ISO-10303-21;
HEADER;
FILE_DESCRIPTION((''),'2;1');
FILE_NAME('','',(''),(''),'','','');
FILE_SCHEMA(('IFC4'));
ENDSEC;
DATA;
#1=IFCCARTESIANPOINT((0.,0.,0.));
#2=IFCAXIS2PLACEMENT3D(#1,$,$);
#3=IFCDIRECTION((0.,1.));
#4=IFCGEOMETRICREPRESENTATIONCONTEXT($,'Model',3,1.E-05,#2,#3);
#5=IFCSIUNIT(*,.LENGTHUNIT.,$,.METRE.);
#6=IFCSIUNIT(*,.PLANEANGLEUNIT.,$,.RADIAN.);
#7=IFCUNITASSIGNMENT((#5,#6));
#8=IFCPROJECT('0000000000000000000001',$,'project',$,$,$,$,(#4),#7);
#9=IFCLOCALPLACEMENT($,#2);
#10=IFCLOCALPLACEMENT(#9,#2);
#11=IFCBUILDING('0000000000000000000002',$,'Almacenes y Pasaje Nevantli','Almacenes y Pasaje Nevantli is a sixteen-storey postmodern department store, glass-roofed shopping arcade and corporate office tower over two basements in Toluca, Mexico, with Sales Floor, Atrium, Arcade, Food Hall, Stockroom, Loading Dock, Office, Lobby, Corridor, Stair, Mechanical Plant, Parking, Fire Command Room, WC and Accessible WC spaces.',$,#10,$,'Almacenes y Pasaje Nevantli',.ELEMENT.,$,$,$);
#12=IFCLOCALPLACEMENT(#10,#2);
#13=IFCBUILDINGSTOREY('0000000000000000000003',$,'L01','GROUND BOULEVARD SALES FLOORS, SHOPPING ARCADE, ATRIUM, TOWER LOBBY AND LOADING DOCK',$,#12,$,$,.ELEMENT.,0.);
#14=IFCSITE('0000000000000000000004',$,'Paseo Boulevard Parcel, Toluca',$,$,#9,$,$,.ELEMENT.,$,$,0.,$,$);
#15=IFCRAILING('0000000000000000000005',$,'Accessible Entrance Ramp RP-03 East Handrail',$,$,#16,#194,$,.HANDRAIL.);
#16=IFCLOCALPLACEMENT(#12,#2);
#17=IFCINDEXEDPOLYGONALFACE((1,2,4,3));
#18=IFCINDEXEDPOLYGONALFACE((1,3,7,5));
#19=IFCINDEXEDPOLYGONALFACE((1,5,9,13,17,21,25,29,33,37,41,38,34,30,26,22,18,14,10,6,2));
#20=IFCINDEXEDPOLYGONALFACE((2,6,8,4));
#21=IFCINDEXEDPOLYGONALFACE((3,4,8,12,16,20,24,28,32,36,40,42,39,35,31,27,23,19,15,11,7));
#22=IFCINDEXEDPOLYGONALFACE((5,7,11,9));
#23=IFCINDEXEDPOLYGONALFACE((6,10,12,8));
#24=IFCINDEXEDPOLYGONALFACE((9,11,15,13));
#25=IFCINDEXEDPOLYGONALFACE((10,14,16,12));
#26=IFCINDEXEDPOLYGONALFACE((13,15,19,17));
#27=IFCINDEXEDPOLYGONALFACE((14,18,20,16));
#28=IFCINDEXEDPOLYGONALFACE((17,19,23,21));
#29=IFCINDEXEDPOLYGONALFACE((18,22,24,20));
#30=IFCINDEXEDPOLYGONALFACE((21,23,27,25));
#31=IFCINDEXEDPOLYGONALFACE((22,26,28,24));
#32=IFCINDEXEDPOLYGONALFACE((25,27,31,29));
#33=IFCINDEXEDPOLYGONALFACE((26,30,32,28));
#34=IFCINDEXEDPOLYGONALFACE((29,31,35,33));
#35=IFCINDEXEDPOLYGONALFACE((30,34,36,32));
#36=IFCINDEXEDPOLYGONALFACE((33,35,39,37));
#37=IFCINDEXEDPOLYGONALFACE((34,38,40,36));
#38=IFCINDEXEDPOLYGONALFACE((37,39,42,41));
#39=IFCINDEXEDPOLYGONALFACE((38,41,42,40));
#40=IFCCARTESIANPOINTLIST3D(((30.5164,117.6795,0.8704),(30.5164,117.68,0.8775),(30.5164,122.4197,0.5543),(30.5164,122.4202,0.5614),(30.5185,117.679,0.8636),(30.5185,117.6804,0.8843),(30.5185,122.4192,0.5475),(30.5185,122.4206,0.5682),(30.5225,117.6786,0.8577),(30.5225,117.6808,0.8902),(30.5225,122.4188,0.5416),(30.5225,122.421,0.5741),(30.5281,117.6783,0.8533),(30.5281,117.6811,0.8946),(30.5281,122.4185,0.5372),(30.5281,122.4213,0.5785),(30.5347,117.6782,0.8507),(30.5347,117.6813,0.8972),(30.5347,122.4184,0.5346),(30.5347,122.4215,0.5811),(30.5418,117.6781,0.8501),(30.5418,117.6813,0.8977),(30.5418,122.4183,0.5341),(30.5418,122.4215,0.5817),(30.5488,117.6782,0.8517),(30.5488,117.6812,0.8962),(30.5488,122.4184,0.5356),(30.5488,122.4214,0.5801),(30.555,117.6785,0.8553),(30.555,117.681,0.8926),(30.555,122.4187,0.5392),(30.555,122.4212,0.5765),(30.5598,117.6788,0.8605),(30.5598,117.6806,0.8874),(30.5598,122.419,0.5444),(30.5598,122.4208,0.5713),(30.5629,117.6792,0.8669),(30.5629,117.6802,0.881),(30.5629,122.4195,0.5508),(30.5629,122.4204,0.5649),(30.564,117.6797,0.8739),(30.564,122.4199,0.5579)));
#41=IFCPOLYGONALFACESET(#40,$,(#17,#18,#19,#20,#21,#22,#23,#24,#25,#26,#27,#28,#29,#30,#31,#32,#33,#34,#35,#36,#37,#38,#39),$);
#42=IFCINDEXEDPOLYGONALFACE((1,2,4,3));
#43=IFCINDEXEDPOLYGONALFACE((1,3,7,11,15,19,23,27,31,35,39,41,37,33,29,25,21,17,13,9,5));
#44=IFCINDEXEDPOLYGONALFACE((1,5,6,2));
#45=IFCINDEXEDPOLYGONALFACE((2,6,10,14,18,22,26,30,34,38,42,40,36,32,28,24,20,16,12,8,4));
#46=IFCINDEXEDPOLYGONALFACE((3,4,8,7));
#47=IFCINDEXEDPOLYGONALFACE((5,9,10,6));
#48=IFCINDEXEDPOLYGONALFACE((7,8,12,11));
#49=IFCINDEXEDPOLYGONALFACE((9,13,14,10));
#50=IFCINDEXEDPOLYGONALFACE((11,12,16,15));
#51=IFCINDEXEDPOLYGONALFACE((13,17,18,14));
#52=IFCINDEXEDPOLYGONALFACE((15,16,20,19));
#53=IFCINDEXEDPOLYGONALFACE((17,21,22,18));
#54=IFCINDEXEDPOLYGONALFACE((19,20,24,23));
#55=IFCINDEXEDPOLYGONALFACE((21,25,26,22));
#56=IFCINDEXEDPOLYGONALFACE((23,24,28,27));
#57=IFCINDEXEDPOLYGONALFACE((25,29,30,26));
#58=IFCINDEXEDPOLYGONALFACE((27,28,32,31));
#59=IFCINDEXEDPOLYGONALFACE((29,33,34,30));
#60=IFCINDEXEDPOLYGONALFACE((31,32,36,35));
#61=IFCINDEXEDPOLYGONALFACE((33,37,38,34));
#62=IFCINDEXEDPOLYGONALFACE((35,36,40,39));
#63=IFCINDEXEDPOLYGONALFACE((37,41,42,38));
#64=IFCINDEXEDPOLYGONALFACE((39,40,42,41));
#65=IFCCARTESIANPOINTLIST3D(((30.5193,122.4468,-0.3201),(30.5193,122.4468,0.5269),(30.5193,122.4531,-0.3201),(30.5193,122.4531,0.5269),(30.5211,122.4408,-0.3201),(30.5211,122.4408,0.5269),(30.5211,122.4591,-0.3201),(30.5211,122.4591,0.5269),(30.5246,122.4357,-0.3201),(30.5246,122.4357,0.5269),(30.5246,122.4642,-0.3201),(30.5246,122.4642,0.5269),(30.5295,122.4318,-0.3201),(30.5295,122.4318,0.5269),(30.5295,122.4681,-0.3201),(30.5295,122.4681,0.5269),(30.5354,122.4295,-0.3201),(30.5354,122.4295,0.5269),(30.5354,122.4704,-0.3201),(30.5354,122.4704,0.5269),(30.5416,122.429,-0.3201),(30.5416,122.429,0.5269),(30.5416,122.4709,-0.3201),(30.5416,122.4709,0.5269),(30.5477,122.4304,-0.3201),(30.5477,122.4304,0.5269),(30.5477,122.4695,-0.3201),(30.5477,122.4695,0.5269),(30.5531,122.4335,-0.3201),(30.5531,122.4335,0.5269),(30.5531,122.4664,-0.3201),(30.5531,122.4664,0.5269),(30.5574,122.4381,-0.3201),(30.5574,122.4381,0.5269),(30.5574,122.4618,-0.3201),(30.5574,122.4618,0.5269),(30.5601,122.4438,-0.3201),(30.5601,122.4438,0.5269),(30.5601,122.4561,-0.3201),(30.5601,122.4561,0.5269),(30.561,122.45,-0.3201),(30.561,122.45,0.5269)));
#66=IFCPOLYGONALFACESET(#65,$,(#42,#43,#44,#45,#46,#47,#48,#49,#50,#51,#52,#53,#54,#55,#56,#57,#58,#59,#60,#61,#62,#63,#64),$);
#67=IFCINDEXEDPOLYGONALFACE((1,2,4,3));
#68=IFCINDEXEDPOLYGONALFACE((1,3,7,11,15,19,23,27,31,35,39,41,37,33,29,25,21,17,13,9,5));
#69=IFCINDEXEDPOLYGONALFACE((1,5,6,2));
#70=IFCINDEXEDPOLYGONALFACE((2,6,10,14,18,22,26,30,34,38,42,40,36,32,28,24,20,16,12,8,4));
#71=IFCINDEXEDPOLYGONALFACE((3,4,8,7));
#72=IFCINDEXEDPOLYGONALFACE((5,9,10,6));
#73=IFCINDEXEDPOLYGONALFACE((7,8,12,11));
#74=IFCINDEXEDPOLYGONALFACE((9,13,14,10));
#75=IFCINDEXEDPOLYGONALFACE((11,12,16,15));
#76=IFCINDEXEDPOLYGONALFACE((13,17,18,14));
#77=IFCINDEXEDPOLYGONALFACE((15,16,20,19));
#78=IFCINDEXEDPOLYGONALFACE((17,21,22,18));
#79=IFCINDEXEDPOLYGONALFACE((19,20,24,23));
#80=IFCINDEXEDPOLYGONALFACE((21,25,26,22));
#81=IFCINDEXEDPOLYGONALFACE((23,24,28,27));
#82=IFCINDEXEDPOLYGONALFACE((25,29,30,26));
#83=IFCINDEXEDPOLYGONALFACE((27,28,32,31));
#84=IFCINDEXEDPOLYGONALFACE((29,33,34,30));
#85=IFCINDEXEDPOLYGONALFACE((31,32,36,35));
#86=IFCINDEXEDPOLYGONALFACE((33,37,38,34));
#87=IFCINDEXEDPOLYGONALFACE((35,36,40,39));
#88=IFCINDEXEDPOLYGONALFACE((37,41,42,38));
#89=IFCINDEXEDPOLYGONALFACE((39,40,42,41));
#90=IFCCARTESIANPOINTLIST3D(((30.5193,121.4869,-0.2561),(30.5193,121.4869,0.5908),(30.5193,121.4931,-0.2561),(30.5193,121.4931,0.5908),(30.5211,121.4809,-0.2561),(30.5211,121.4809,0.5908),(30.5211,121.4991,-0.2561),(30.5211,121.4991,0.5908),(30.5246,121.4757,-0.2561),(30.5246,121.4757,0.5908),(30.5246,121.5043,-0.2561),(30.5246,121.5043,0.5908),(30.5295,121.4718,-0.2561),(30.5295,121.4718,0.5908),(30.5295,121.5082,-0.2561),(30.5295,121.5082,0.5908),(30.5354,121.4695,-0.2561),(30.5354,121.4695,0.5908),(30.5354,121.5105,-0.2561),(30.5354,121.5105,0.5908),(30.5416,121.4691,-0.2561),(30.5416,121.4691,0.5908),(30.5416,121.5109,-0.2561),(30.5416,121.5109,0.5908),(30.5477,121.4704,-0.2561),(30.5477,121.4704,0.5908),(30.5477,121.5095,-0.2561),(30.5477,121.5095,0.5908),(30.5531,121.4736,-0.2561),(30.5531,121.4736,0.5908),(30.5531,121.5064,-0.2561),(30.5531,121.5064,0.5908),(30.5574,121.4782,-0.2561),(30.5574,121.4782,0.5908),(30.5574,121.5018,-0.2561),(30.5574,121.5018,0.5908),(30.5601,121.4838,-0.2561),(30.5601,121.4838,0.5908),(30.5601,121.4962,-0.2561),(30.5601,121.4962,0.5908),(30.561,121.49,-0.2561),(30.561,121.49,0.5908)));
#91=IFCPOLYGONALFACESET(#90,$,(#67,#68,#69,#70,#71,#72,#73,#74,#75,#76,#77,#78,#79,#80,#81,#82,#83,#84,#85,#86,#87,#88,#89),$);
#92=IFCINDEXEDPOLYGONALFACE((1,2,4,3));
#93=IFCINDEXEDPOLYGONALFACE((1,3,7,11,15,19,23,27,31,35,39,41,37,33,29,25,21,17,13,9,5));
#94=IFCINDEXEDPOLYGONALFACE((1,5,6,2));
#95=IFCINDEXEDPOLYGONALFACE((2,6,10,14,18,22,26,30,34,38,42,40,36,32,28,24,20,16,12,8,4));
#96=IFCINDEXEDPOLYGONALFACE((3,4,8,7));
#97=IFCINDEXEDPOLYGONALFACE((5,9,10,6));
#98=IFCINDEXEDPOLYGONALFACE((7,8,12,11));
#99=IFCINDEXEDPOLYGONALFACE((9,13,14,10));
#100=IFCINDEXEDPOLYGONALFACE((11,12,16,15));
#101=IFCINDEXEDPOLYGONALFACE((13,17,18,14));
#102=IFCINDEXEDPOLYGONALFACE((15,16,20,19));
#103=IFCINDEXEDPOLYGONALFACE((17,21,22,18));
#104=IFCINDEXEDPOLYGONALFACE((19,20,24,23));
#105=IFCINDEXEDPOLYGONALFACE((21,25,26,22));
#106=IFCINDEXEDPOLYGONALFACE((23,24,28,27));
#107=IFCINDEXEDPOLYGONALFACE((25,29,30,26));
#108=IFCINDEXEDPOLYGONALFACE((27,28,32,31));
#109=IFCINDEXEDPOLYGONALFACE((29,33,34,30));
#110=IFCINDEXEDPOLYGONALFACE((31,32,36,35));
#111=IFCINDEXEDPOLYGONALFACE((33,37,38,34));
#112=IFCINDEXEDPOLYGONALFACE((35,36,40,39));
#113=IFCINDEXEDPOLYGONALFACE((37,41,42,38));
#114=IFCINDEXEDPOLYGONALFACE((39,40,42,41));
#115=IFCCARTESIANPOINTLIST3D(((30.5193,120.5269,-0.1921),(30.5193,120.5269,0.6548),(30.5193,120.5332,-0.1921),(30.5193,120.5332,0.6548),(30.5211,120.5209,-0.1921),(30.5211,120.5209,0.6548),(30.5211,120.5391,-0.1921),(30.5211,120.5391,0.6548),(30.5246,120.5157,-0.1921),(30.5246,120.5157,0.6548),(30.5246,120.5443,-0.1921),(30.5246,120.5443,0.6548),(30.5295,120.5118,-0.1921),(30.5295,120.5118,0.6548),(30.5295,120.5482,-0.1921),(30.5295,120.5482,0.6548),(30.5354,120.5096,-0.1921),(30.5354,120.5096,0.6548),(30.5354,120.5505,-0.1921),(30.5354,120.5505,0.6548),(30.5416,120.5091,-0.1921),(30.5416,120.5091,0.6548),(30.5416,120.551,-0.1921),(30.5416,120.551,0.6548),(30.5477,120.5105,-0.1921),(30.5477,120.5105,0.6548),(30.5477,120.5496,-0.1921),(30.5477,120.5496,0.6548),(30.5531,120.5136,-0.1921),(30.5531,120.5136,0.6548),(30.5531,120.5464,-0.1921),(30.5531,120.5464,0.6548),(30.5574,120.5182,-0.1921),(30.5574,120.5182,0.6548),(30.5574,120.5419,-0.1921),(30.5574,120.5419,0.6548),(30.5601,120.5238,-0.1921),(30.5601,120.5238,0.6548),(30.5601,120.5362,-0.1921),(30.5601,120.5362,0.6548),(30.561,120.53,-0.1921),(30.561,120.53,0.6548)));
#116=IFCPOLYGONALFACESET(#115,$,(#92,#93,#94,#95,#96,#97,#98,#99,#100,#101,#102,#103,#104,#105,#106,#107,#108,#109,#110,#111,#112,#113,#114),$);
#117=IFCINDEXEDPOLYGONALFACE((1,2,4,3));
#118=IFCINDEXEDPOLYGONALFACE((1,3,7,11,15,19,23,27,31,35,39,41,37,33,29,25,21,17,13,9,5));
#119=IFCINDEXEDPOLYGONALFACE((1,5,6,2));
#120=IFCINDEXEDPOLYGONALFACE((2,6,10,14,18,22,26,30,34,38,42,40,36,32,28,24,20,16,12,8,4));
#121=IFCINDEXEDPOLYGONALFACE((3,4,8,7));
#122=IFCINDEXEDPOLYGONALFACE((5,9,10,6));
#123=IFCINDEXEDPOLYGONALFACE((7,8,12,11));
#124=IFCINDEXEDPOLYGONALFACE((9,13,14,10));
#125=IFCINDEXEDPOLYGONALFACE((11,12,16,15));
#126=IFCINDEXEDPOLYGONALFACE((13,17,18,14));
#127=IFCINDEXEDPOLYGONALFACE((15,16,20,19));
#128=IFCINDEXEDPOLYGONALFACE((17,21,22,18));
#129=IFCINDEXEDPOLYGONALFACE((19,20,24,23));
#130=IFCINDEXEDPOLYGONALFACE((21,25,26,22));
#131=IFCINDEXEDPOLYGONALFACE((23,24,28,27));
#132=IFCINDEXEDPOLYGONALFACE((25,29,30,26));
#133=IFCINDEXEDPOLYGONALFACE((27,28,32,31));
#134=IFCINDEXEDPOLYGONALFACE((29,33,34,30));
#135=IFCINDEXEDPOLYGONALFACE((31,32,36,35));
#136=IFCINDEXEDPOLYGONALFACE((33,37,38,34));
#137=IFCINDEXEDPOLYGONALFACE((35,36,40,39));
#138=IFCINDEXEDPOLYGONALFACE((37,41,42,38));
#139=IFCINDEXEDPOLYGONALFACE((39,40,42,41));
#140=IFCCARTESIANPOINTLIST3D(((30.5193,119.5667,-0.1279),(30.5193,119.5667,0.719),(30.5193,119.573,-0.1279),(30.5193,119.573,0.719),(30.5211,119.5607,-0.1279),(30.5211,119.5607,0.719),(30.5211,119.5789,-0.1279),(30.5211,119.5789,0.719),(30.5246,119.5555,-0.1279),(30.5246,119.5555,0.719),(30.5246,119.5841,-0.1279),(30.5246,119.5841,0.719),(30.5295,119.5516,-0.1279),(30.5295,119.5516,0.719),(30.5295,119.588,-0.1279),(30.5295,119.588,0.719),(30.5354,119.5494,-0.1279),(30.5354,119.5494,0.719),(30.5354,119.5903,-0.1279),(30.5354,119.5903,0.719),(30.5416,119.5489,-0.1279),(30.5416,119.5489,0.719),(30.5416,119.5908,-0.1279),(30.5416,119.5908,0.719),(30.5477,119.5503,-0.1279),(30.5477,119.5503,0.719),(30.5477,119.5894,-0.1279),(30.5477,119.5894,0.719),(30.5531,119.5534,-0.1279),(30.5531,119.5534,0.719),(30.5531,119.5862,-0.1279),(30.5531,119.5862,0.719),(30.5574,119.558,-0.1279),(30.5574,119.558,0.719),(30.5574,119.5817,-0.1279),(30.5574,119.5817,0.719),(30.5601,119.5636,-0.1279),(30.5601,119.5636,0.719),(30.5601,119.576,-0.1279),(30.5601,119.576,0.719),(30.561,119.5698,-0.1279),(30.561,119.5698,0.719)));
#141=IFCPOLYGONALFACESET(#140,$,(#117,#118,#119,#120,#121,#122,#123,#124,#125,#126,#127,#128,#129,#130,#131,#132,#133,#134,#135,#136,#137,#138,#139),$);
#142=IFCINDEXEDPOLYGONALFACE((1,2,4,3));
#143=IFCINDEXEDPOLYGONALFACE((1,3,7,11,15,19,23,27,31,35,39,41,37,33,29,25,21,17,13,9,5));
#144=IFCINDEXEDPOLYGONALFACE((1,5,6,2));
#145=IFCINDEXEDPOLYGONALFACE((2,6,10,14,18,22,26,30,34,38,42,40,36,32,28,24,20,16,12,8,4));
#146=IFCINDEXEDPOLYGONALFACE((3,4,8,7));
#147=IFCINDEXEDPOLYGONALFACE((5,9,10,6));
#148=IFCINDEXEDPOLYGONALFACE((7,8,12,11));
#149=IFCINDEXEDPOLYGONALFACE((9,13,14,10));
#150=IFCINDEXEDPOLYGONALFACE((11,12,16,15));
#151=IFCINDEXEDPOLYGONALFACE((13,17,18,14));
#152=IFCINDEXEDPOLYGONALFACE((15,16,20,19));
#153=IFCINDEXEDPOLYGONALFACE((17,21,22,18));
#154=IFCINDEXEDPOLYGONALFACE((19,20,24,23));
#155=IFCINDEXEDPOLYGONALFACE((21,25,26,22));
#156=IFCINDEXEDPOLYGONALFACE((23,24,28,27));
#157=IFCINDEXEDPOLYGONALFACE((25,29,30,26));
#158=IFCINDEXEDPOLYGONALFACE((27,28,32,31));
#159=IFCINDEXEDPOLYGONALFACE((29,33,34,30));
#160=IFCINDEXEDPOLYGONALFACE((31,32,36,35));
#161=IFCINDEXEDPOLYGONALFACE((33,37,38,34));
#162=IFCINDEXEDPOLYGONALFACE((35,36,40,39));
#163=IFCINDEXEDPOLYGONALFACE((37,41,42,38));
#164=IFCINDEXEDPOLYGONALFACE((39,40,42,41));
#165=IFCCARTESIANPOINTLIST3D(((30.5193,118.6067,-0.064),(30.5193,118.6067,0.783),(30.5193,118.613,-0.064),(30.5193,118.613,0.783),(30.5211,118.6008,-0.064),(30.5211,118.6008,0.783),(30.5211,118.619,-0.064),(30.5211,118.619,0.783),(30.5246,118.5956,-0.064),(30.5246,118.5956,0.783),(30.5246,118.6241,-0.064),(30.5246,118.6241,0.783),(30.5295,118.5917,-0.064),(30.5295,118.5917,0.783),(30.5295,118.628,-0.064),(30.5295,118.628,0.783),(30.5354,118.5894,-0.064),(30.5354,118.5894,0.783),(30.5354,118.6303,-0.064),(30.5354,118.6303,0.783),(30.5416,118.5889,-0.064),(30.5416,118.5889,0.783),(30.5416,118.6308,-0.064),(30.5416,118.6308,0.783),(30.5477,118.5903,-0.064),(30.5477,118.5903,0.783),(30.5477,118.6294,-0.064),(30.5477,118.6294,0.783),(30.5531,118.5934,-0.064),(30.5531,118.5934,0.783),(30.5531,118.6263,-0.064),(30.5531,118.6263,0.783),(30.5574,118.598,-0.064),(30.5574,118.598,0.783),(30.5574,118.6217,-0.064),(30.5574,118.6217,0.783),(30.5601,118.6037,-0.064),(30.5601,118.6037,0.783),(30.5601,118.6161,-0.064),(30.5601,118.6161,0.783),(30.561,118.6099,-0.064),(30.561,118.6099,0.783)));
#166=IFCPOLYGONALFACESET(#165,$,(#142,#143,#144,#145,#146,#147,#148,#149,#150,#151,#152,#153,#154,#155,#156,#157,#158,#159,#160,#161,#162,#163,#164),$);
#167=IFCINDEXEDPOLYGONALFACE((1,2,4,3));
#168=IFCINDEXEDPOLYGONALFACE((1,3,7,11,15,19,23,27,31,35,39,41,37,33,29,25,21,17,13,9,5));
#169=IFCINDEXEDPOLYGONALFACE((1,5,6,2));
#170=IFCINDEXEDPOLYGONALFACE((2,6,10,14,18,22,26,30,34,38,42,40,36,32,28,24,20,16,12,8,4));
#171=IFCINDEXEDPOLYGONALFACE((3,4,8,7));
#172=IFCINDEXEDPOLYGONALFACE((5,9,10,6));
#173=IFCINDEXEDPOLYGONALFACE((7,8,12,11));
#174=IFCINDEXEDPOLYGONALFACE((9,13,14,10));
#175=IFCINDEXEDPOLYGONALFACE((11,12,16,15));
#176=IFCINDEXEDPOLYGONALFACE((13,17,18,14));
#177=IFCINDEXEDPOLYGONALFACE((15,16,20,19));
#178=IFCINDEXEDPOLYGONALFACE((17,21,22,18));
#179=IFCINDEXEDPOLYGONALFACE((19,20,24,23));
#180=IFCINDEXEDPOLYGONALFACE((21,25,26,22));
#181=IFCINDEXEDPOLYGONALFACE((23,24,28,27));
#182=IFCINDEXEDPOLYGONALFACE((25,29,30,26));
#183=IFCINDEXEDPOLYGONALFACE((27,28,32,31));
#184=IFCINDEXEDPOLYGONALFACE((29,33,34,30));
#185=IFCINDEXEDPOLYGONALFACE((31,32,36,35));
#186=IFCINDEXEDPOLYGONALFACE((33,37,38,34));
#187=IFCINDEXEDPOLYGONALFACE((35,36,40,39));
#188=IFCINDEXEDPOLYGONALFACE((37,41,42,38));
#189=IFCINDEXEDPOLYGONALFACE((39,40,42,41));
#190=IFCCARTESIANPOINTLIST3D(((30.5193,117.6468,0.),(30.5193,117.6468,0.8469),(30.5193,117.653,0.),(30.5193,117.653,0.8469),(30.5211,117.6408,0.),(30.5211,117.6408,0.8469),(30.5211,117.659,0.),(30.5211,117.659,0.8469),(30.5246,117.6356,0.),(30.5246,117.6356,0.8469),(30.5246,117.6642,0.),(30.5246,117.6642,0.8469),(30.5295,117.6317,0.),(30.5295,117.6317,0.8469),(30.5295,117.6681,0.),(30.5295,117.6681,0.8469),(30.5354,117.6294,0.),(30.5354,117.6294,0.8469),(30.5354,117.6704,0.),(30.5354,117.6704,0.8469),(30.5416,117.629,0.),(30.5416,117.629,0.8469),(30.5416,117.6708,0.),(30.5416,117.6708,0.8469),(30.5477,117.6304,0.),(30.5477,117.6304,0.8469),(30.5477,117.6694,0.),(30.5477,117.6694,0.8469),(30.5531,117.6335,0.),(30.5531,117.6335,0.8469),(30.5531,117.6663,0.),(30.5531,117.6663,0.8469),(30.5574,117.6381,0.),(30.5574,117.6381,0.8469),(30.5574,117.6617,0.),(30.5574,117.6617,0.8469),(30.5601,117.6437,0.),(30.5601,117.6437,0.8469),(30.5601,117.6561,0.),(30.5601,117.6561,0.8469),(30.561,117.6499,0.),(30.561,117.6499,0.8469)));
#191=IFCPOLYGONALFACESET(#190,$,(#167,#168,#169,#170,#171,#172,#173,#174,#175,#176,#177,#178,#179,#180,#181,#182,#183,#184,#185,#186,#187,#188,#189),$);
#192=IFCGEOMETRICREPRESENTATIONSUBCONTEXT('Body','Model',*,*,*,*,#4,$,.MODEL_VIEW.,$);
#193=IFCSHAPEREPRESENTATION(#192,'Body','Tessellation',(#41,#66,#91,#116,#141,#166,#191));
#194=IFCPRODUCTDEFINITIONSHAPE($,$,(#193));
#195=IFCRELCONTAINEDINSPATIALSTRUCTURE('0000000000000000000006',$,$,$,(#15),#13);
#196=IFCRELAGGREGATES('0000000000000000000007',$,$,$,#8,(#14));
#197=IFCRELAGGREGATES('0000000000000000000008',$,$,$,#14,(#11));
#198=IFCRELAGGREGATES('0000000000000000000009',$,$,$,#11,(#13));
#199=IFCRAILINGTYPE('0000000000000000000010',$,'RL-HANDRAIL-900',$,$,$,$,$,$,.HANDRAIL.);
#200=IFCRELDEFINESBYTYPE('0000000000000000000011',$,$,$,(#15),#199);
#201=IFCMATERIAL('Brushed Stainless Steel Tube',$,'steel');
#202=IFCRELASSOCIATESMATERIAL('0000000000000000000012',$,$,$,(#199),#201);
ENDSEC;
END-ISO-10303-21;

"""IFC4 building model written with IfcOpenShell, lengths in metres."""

from ifc_helpers import new_model, si_unit, direction, frame, origin, origin_2d, place, context, subcontext, project, spatial, circle, extrude, material, type_object, element, save


model = new_model("IFC4")

# Units and contexts
model_context = context("Model", 3, precision=1e-05, world=origin(), true_north=direction((0.0, 1.0)))
body_context = subcontext(model_context, "Body", "Model", "MODEL_VIEW")
ifc_project = project(units=[si_unit("LENGTHUNIT", "METRE"), si_unit("PLANEANGLEUNIT", "RADIAN")], contexts=[model_context])

# Site, building, storey
site_placement = place(None, origin())
site = spatial("IfcSite", under=ifc_project, at=site_placement, Name="Paseo Boulevard Parcel, Toluca", CompositionType="ELEMENT", RefElevation=0.0)
building_placement = place(site_placement, origin())
building = spatial("IfcBuilding", under=site, at=building_placement, Name="Almacenes y Pasaje Nevantli", Description="Almacenes y Pasaje Nevantli is a sixteen-storey postmodern department store, glass-roofed shopping arcade and corporate office tower over two basements in Toluca, Mexico, with Sales Floor, Atrium, Arcade, Food Hall, Stockroom, Loading Dock, Office, Lobby, Corridor, Stair, Mechanical Plant, Parking, Fire Command Room, WC and Accessible WC spaces.", LongName="Almacenes y Pasaje Nevantli", CompositionType="ELEMENT")
storey_placement = place(building_placement, origin())
storey = spatial("IfcBuildingStorey", under=building, at=storey_placement, Name="L01", Description="GROUND BOULEVARD SALES FLOORS, SHOPPING ARCADE, ATRIUM, TOWER LOBBY AND LOADING DOCK", CompositionType="ELEMENT", Elevation=0.0)

# Railing
ifc_material_1 = material(Name="Brushed Stainless Steel Tube", Category="steel")
railing_type = type_object("IfcRailingType", Name="RL-HANDRAIL-900", PredefinedType="HANDRAIL", material=ifc_material_1)
for number, where, name in (
    (1, (30.54, 122.45, -0.3201), "Accessible Entrance Ramp RP-03 East Handrail"),
):
    element("IfcRailing", number, at=place(storey_placement, frame(where)), inside=storey, type_object=railing_type, Name=name, PredefinedType="HANDRAIL", context=body_context, shape_type="SweptSolid", body=[
        extrude(circle(Radius=0.0239, at=origin_2d()), frame((0.0, -0.03, 0.8779), z_axis=(0.0, -0.997784, 0.066532), x_axis=(1.0, 0.0, 0.0)), (0.0, 0.0, 1.0), 4.7507),
        extrude(circle(Radius=0.021, at=origin_2d()), origin(), (0.0, 0.0, 1.0), 0.8469),
        extrude(circle(Radius=0.021, at=origin_2d()), frame((0.0, -0.96, 0.064)), (0.0, 0.0, 1.0), 0.8469),
        extrude(circle(Radius=0.021, at=origin_2d()), frame((0.0, -1.9199, 0.1279)), (0.0, 0.0, 1.0), 0.8469),
        extrude(circle(Radius=0.021, at=origin_2d()), frame((0.0, -2.8801, 0.1921)), (0.0, 0.0, 1.0), 0.8469),
        extrude(circle(Radius=0.021, at=origin_2d()), frame((0.0, -3.8401, 0.2561)), (0.0, 0.0, 1.0), 0.8469),
        extrude(circle(Radius=0.021, at=origin_2d()), frame((0.0, -4.8, 0.3201)), (0.0, 0.0, 1.0), 0.8469),
    ])

save(model, "model.ifc")
